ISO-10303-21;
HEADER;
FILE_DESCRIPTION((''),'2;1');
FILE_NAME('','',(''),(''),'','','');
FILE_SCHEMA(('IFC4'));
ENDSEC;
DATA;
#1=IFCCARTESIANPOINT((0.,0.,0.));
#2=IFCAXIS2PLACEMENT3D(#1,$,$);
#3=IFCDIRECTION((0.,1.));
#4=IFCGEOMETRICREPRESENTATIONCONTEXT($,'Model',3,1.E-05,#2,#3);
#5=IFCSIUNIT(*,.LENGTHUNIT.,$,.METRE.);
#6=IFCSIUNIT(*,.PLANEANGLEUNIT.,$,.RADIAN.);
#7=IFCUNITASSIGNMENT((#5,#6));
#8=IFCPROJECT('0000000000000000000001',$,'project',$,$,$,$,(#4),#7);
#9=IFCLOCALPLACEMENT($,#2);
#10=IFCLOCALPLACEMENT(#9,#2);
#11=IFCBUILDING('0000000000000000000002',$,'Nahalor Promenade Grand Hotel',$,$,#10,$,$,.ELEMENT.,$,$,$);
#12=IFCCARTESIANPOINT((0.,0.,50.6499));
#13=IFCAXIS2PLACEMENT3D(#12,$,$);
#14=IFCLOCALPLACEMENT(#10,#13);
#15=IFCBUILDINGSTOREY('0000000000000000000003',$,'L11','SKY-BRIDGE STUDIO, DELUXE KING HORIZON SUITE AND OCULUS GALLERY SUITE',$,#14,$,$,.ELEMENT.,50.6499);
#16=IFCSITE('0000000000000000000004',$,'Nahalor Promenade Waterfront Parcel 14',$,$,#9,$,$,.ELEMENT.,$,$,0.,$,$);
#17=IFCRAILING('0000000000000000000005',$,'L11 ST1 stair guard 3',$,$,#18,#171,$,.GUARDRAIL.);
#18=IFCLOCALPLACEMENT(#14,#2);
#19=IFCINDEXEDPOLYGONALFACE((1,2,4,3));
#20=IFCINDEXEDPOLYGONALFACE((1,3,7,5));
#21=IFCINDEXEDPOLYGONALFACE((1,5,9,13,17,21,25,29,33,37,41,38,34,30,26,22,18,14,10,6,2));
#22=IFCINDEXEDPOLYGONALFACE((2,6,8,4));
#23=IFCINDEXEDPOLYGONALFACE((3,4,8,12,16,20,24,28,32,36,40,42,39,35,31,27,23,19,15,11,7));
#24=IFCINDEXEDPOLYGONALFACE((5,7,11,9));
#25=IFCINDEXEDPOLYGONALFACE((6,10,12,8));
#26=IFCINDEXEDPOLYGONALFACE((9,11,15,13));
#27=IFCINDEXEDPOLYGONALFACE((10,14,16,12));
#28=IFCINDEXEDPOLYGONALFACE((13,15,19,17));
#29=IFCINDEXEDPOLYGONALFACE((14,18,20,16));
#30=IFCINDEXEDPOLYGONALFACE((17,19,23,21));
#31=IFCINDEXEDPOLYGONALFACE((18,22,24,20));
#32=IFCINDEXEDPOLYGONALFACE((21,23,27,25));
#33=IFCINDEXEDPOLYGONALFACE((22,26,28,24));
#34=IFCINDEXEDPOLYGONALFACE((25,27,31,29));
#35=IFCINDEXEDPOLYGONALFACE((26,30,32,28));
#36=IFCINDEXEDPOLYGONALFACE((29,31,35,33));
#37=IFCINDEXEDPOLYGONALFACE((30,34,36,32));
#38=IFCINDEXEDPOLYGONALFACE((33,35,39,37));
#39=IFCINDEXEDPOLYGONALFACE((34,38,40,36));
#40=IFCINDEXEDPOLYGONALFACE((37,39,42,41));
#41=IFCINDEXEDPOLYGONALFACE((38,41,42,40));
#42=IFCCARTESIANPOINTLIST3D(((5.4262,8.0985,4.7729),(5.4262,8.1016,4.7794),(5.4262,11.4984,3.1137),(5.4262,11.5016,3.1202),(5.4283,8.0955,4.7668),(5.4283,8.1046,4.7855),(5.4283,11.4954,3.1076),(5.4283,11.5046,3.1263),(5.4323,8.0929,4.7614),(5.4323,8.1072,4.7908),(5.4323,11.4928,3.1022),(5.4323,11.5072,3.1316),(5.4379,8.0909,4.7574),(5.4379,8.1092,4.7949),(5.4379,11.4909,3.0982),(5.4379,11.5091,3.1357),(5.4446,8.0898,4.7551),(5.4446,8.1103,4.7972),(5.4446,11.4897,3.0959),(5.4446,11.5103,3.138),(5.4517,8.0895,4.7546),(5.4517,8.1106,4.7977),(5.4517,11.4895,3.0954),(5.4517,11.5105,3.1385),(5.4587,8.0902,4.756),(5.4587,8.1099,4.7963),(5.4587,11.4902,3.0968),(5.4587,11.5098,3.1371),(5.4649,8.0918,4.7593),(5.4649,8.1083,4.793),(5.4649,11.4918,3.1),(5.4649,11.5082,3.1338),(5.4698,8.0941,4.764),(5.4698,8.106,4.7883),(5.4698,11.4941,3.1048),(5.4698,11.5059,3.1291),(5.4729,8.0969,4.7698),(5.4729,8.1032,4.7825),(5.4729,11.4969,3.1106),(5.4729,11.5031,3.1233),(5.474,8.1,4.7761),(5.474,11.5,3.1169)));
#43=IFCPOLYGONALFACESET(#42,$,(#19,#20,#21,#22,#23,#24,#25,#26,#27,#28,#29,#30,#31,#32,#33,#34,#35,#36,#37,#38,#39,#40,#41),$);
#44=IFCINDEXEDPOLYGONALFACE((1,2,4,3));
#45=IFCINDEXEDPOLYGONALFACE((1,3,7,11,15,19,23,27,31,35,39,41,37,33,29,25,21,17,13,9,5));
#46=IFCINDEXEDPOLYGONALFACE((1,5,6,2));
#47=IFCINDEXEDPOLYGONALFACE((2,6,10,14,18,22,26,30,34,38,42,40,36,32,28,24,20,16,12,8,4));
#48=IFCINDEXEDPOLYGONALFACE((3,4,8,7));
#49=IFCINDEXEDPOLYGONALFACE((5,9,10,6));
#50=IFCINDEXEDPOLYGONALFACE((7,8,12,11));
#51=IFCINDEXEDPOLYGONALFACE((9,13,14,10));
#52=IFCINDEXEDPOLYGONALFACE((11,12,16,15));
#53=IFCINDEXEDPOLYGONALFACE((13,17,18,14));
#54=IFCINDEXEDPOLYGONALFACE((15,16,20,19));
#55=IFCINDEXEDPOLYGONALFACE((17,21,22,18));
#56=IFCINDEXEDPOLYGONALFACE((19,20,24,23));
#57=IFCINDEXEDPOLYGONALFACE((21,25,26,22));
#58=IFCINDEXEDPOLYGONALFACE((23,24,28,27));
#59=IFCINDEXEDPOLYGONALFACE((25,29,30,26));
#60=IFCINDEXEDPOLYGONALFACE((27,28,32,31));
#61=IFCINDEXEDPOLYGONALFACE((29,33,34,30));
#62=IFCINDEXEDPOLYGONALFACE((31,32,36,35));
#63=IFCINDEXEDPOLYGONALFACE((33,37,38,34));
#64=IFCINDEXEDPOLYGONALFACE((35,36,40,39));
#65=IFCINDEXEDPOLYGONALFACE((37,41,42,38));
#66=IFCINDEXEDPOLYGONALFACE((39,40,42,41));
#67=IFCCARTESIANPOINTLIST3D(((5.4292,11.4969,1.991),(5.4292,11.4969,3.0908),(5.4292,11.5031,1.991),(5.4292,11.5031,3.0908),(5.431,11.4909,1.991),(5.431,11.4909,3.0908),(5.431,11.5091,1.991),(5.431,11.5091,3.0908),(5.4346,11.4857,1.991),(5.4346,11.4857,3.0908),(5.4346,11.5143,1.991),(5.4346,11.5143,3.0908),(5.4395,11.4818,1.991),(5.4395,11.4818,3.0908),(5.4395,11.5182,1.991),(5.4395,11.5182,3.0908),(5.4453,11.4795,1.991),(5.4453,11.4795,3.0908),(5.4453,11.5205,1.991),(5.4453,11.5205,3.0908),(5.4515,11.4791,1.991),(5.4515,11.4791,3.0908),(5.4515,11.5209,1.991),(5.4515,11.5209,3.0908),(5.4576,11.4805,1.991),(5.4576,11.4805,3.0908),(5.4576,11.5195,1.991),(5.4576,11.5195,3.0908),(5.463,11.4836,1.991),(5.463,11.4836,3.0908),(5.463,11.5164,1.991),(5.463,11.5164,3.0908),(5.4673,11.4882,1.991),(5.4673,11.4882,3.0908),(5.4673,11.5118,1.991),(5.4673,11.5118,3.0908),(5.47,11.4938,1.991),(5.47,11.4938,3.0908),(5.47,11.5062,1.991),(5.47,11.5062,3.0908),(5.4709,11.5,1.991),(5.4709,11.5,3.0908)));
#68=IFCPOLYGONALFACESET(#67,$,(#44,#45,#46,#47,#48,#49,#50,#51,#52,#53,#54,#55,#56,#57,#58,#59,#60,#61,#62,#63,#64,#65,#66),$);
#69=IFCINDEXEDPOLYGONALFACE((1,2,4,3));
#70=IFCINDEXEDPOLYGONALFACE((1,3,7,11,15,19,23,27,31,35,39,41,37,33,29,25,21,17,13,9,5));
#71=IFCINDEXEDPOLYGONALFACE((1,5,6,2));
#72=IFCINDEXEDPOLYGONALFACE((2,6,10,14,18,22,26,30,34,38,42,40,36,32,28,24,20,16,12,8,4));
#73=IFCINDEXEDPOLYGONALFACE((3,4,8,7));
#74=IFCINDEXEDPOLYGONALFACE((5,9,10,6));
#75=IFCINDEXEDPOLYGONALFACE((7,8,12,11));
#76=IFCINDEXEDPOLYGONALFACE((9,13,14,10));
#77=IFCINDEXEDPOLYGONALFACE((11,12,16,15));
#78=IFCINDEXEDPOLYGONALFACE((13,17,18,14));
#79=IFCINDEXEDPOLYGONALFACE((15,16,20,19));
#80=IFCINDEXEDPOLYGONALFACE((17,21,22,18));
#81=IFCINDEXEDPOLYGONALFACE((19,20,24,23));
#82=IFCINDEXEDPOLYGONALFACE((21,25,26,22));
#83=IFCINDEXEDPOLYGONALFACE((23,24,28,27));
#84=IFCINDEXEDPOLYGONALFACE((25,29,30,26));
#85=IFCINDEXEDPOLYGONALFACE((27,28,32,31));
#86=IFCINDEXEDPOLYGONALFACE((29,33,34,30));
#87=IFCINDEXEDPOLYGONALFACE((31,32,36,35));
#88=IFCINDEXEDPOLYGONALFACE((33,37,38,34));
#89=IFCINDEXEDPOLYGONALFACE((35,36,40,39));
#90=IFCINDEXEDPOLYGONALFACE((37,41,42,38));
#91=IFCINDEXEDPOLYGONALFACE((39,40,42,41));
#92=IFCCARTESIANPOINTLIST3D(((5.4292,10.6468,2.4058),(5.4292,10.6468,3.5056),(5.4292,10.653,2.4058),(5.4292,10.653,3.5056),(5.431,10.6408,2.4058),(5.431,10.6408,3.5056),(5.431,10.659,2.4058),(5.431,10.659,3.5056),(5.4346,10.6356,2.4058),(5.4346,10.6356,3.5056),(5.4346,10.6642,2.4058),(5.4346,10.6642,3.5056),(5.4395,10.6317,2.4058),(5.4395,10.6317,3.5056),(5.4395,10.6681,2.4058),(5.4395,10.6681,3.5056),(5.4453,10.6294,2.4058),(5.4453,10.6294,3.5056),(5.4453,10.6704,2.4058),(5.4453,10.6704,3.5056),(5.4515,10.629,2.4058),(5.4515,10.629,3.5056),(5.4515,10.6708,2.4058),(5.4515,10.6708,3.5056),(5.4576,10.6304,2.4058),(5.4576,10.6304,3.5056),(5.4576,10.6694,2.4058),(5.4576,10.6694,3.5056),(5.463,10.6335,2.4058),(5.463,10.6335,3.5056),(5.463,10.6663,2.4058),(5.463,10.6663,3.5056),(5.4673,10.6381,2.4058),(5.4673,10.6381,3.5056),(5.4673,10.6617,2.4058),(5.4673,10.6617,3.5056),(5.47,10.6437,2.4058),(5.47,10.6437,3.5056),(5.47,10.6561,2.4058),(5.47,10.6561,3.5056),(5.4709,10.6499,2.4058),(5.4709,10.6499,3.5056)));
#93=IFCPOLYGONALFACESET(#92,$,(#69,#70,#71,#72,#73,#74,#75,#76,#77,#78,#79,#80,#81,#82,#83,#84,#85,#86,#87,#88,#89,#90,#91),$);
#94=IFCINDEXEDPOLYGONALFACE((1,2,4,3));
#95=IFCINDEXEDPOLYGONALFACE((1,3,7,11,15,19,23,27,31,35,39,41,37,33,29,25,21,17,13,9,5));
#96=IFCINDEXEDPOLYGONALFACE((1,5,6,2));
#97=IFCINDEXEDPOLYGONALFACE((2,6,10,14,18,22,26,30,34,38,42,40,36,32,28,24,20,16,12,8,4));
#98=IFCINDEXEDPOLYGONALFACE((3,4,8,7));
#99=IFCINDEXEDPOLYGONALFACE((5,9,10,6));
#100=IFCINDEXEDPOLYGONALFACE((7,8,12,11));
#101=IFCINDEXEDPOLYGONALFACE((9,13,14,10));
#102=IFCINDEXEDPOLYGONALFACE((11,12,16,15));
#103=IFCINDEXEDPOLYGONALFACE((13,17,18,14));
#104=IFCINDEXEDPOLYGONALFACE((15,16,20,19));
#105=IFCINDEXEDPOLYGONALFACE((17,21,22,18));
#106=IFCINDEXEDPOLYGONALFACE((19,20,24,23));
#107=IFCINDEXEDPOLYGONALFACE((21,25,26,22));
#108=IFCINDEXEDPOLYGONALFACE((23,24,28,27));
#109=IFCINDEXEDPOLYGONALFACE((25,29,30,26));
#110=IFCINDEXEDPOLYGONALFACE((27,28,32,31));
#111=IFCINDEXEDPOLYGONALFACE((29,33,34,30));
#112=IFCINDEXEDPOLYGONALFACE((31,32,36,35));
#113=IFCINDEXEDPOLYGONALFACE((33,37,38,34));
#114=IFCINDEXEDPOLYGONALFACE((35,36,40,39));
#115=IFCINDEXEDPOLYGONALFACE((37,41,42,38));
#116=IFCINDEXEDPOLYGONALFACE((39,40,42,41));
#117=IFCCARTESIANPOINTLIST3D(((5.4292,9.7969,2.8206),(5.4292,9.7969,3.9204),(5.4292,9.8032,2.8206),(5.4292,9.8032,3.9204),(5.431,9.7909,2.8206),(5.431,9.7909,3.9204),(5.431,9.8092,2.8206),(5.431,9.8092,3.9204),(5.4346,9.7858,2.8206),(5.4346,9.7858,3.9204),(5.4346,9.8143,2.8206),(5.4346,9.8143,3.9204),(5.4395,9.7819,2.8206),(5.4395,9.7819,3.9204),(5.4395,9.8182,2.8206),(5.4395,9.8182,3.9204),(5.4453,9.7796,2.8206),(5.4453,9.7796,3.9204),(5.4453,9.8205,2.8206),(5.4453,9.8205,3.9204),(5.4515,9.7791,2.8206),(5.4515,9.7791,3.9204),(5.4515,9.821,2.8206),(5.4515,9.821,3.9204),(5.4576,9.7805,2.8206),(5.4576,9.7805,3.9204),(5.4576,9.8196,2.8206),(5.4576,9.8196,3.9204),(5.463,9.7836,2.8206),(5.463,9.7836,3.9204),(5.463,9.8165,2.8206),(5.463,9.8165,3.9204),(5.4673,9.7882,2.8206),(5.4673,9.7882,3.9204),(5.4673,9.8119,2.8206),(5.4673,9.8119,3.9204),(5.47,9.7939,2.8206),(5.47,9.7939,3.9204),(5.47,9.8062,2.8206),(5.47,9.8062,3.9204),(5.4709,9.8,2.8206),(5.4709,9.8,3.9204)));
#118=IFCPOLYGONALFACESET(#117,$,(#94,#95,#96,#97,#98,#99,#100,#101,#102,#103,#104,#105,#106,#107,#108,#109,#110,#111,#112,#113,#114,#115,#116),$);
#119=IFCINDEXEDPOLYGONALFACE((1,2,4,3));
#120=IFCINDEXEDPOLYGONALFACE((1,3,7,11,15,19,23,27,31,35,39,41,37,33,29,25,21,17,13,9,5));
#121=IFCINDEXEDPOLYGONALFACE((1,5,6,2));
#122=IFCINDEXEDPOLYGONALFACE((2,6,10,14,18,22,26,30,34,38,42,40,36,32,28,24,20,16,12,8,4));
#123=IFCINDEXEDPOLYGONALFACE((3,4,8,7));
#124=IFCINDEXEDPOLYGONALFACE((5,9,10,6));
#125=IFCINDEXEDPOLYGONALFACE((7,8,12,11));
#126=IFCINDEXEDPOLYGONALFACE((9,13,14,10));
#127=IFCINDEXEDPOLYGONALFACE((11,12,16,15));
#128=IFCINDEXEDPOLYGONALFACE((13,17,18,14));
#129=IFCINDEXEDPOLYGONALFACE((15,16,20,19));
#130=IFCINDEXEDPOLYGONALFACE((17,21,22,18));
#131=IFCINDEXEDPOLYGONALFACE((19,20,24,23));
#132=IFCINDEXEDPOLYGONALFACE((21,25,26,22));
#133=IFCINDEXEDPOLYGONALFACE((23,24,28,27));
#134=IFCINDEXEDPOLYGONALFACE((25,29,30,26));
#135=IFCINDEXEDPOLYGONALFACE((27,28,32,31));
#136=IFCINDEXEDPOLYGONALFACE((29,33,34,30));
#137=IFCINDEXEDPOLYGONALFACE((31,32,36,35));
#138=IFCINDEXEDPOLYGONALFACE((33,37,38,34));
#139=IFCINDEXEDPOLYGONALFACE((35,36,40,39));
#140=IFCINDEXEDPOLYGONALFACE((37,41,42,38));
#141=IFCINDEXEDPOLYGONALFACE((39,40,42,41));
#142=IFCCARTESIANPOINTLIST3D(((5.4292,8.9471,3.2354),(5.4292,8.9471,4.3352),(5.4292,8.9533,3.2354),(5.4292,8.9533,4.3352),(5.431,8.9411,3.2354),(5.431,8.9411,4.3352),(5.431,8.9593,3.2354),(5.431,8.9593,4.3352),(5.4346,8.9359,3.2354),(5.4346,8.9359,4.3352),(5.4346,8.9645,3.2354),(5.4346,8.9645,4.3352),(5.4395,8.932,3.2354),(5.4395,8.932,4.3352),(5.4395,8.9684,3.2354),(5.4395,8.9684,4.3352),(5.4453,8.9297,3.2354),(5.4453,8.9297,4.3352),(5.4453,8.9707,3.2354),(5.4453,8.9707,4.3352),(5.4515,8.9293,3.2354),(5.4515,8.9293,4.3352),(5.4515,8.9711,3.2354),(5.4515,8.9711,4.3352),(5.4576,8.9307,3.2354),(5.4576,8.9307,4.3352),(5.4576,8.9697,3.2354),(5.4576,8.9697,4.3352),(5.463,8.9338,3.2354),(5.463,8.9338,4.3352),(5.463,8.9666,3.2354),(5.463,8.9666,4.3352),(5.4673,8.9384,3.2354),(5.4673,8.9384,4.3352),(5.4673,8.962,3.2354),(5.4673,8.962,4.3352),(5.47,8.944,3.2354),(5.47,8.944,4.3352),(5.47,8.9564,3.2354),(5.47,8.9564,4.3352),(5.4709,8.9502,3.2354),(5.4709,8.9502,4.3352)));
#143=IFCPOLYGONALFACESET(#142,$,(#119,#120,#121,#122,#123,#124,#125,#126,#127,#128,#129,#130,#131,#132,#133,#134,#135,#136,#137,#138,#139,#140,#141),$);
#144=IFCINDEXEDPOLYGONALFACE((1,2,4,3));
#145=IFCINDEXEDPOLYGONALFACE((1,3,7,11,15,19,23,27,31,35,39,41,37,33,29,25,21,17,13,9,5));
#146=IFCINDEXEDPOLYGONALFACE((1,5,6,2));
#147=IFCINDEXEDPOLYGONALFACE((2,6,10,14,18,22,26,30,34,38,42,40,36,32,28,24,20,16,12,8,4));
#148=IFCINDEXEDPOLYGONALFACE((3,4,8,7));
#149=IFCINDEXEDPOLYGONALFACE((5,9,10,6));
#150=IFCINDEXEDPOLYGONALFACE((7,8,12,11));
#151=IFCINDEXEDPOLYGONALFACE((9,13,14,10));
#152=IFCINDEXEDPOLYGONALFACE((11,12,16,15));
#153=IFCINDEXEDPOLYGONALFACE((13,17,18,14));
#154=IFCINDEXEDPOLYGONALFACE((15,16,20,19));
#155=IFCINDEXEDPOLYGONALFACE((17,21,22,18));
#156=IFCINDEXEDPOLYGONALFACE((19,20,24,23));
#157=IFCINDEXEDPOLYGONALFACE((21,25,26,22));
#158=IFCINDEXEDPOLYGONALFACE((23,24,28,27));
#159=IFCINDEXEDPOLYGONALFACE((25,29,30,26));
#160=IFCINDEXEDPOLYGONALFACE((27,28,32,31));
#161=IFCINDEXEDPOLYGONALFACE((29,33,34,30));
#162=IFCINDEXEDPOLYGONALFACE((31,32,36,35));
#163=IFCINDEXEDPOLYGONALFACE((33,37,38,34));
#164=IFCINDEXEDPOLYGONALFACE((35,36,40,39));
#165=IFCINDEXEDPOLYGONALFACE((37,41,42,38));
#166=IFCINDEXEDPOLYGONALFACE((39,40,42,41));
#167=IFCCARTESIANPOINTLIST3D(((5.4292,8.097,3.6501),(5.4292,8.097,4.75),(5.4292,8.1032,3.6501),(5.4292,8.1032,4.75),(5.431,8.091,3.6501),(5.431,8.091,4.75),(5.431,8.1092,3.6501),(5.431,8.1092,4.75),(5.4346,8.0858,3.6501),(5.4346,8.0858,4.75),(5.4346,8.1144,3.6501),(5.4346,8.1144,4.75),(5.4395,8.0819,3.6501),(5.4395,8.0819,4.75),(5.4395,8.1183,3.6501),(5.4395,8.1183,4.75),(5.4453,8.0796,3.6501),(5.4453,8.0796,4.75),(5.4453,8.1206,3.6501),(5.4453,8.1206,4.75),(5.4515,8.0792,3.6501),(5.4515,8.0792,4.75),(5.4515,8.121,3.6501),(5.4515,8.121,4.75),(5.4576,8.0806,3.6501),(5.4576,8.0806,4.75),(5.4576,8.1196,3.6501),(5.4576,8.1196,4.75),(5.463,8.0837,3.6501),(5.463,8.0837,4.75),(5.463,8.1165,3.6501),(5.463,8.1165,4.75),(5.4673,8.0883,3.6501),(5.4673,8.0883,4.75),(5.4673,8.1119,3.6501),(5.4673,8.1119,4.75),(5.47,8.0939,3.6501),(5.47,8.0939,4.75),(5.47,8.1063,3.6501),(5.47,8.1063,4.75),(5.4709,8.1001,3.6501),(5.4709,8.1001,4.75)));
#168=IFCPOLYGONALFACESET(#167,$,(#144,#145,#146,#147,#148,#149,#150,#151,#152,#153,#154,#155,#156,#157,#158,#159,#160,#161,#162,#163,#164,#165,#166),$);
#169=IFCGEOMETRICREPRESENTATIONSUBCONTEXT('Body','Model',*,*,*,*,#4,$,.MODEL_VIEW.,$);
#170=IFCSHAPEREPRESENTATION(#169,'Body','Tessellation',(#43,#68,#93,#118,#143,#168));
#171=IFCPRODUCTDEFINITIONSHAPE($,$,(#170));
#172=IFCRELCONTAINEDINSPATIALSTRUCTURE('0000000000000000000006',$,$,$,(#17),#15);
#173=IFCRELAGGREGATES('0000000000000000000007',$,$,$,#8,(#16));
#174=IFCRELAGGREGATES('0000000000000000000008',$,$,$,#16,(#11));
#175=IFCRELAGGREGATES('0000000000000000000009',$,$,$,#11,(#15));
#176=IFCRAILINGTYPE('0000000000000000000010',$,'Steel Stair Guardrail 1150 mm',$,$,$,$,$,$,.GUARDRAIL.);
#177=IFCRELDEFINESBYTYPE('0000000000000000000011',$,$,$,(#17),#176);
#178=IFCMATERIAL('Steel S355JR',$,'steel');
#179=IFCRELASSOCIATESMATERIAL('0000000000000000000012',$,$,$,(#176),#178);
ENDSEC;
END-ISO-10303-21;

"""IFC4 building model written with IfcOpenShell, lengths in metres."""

from ifc_helpers import new_model, si_unit, direction, frame, origin, origin_2d, place, context, subcontext, project, spatial, circle, extrude, material, type_object, element, save


model = new_model("IFC4")

# Units and contexts
model_context = context("Model", 3, precision=1e-05, world=origin(), true_north=direction((0.0, 1.0)))
body_context = subcontext(model_context, "Body", "Model", "MODEL_VIEW")
ifc_project = project(units=[si_unit("LENGTHUNIT", "METRE"), si_unit("PLANEANGLEUNIT", "RADIAN")], contexts=[model_context])

# Site, building, storey
site_placement = place(None, origin())
site = spatial("IfcSite", under=ifc_project, at=site_placement, Name="Nahalor Promenade Waterfront Parcel 14", CompositionType="ELEMENT", RefElevation=0.0)
building_placement = place(site_placement, origin())
building = spatial("IfcBuilding", under=site, at=building_placement, Name="Nahalor Promenade Grand Hotel", CompositionType="ELEMENT")
storey_placement = place(building_placement, frame((0.0, 0.0, 50.6499)))
storey = spatial("IfcBuildingStorey", under=building, at=storey_placement, Name="L11", Description="SKY-BRIDGE STUDIO, DELUXE KING HORIZON SUITE AND OCULUS GALLERY SUITE", CompositionType="ELEMENT", Elevation=50.6499)

# Shared definitions
ifc_material_1 = material(Name="Steel S355JR", Category="steel")

# Railing
railing_type_1 = type_object("IfcRailingType", Name="Steel Stair Guardrail 1150 mm", PredefinedType="GUARDRAIL", material=ifc_material_1)
railing_1_placement = place(storey_placement, frame((5.45, 11.5, 1.991)))
element("IfcRailing", 1, at=railing_1_placement, inside=storey, type_object=railing_type_1, Name="L11 ST1 stair guard 3", PredefinedType="GUARDRAIL", context=body_context, shape_type="SweptSolid", body=[
    extrude(circle(Radius=0.024, at=origin_2d()), frame((0.0, 0.0, 1.126), z_axis=(0.0, -0.898696, 0.438571), x_axis=(1.0, 0.0, 0.0)), (0.0, 0.0, 1.0), 3.7832),
    extrude(circle(Radius=0.021, at=origin_2d()), origin(), (0.0, 0.0, 1.0), 1.0999),
    extrude(circle(Radius=0.021, at=origin_2d()), frame((0.0, -0.8501, 0.4148)), (0.0, 0.0, 1.0), 1.0999),
    extrude(circle(Radius=0.021, at=origin_2d()), frame((0.0, -1.7, 0.8296)), (0.0, 0.0, 1.0), 1.0999),
    extrude(circle(Radius=0.021, at=origin_2d()), frame((0.0, -2.5498, 1.2444)), (0.0, 0.0, 1.0), 1.0999),
    extrude(circle(Radius=0.021, at=origin_2d()), frame((0.0, -3.3999, 1.6592)), (0.0, 0.0, 1.0), 1.0999),
])

save(model, "model.ifc")
